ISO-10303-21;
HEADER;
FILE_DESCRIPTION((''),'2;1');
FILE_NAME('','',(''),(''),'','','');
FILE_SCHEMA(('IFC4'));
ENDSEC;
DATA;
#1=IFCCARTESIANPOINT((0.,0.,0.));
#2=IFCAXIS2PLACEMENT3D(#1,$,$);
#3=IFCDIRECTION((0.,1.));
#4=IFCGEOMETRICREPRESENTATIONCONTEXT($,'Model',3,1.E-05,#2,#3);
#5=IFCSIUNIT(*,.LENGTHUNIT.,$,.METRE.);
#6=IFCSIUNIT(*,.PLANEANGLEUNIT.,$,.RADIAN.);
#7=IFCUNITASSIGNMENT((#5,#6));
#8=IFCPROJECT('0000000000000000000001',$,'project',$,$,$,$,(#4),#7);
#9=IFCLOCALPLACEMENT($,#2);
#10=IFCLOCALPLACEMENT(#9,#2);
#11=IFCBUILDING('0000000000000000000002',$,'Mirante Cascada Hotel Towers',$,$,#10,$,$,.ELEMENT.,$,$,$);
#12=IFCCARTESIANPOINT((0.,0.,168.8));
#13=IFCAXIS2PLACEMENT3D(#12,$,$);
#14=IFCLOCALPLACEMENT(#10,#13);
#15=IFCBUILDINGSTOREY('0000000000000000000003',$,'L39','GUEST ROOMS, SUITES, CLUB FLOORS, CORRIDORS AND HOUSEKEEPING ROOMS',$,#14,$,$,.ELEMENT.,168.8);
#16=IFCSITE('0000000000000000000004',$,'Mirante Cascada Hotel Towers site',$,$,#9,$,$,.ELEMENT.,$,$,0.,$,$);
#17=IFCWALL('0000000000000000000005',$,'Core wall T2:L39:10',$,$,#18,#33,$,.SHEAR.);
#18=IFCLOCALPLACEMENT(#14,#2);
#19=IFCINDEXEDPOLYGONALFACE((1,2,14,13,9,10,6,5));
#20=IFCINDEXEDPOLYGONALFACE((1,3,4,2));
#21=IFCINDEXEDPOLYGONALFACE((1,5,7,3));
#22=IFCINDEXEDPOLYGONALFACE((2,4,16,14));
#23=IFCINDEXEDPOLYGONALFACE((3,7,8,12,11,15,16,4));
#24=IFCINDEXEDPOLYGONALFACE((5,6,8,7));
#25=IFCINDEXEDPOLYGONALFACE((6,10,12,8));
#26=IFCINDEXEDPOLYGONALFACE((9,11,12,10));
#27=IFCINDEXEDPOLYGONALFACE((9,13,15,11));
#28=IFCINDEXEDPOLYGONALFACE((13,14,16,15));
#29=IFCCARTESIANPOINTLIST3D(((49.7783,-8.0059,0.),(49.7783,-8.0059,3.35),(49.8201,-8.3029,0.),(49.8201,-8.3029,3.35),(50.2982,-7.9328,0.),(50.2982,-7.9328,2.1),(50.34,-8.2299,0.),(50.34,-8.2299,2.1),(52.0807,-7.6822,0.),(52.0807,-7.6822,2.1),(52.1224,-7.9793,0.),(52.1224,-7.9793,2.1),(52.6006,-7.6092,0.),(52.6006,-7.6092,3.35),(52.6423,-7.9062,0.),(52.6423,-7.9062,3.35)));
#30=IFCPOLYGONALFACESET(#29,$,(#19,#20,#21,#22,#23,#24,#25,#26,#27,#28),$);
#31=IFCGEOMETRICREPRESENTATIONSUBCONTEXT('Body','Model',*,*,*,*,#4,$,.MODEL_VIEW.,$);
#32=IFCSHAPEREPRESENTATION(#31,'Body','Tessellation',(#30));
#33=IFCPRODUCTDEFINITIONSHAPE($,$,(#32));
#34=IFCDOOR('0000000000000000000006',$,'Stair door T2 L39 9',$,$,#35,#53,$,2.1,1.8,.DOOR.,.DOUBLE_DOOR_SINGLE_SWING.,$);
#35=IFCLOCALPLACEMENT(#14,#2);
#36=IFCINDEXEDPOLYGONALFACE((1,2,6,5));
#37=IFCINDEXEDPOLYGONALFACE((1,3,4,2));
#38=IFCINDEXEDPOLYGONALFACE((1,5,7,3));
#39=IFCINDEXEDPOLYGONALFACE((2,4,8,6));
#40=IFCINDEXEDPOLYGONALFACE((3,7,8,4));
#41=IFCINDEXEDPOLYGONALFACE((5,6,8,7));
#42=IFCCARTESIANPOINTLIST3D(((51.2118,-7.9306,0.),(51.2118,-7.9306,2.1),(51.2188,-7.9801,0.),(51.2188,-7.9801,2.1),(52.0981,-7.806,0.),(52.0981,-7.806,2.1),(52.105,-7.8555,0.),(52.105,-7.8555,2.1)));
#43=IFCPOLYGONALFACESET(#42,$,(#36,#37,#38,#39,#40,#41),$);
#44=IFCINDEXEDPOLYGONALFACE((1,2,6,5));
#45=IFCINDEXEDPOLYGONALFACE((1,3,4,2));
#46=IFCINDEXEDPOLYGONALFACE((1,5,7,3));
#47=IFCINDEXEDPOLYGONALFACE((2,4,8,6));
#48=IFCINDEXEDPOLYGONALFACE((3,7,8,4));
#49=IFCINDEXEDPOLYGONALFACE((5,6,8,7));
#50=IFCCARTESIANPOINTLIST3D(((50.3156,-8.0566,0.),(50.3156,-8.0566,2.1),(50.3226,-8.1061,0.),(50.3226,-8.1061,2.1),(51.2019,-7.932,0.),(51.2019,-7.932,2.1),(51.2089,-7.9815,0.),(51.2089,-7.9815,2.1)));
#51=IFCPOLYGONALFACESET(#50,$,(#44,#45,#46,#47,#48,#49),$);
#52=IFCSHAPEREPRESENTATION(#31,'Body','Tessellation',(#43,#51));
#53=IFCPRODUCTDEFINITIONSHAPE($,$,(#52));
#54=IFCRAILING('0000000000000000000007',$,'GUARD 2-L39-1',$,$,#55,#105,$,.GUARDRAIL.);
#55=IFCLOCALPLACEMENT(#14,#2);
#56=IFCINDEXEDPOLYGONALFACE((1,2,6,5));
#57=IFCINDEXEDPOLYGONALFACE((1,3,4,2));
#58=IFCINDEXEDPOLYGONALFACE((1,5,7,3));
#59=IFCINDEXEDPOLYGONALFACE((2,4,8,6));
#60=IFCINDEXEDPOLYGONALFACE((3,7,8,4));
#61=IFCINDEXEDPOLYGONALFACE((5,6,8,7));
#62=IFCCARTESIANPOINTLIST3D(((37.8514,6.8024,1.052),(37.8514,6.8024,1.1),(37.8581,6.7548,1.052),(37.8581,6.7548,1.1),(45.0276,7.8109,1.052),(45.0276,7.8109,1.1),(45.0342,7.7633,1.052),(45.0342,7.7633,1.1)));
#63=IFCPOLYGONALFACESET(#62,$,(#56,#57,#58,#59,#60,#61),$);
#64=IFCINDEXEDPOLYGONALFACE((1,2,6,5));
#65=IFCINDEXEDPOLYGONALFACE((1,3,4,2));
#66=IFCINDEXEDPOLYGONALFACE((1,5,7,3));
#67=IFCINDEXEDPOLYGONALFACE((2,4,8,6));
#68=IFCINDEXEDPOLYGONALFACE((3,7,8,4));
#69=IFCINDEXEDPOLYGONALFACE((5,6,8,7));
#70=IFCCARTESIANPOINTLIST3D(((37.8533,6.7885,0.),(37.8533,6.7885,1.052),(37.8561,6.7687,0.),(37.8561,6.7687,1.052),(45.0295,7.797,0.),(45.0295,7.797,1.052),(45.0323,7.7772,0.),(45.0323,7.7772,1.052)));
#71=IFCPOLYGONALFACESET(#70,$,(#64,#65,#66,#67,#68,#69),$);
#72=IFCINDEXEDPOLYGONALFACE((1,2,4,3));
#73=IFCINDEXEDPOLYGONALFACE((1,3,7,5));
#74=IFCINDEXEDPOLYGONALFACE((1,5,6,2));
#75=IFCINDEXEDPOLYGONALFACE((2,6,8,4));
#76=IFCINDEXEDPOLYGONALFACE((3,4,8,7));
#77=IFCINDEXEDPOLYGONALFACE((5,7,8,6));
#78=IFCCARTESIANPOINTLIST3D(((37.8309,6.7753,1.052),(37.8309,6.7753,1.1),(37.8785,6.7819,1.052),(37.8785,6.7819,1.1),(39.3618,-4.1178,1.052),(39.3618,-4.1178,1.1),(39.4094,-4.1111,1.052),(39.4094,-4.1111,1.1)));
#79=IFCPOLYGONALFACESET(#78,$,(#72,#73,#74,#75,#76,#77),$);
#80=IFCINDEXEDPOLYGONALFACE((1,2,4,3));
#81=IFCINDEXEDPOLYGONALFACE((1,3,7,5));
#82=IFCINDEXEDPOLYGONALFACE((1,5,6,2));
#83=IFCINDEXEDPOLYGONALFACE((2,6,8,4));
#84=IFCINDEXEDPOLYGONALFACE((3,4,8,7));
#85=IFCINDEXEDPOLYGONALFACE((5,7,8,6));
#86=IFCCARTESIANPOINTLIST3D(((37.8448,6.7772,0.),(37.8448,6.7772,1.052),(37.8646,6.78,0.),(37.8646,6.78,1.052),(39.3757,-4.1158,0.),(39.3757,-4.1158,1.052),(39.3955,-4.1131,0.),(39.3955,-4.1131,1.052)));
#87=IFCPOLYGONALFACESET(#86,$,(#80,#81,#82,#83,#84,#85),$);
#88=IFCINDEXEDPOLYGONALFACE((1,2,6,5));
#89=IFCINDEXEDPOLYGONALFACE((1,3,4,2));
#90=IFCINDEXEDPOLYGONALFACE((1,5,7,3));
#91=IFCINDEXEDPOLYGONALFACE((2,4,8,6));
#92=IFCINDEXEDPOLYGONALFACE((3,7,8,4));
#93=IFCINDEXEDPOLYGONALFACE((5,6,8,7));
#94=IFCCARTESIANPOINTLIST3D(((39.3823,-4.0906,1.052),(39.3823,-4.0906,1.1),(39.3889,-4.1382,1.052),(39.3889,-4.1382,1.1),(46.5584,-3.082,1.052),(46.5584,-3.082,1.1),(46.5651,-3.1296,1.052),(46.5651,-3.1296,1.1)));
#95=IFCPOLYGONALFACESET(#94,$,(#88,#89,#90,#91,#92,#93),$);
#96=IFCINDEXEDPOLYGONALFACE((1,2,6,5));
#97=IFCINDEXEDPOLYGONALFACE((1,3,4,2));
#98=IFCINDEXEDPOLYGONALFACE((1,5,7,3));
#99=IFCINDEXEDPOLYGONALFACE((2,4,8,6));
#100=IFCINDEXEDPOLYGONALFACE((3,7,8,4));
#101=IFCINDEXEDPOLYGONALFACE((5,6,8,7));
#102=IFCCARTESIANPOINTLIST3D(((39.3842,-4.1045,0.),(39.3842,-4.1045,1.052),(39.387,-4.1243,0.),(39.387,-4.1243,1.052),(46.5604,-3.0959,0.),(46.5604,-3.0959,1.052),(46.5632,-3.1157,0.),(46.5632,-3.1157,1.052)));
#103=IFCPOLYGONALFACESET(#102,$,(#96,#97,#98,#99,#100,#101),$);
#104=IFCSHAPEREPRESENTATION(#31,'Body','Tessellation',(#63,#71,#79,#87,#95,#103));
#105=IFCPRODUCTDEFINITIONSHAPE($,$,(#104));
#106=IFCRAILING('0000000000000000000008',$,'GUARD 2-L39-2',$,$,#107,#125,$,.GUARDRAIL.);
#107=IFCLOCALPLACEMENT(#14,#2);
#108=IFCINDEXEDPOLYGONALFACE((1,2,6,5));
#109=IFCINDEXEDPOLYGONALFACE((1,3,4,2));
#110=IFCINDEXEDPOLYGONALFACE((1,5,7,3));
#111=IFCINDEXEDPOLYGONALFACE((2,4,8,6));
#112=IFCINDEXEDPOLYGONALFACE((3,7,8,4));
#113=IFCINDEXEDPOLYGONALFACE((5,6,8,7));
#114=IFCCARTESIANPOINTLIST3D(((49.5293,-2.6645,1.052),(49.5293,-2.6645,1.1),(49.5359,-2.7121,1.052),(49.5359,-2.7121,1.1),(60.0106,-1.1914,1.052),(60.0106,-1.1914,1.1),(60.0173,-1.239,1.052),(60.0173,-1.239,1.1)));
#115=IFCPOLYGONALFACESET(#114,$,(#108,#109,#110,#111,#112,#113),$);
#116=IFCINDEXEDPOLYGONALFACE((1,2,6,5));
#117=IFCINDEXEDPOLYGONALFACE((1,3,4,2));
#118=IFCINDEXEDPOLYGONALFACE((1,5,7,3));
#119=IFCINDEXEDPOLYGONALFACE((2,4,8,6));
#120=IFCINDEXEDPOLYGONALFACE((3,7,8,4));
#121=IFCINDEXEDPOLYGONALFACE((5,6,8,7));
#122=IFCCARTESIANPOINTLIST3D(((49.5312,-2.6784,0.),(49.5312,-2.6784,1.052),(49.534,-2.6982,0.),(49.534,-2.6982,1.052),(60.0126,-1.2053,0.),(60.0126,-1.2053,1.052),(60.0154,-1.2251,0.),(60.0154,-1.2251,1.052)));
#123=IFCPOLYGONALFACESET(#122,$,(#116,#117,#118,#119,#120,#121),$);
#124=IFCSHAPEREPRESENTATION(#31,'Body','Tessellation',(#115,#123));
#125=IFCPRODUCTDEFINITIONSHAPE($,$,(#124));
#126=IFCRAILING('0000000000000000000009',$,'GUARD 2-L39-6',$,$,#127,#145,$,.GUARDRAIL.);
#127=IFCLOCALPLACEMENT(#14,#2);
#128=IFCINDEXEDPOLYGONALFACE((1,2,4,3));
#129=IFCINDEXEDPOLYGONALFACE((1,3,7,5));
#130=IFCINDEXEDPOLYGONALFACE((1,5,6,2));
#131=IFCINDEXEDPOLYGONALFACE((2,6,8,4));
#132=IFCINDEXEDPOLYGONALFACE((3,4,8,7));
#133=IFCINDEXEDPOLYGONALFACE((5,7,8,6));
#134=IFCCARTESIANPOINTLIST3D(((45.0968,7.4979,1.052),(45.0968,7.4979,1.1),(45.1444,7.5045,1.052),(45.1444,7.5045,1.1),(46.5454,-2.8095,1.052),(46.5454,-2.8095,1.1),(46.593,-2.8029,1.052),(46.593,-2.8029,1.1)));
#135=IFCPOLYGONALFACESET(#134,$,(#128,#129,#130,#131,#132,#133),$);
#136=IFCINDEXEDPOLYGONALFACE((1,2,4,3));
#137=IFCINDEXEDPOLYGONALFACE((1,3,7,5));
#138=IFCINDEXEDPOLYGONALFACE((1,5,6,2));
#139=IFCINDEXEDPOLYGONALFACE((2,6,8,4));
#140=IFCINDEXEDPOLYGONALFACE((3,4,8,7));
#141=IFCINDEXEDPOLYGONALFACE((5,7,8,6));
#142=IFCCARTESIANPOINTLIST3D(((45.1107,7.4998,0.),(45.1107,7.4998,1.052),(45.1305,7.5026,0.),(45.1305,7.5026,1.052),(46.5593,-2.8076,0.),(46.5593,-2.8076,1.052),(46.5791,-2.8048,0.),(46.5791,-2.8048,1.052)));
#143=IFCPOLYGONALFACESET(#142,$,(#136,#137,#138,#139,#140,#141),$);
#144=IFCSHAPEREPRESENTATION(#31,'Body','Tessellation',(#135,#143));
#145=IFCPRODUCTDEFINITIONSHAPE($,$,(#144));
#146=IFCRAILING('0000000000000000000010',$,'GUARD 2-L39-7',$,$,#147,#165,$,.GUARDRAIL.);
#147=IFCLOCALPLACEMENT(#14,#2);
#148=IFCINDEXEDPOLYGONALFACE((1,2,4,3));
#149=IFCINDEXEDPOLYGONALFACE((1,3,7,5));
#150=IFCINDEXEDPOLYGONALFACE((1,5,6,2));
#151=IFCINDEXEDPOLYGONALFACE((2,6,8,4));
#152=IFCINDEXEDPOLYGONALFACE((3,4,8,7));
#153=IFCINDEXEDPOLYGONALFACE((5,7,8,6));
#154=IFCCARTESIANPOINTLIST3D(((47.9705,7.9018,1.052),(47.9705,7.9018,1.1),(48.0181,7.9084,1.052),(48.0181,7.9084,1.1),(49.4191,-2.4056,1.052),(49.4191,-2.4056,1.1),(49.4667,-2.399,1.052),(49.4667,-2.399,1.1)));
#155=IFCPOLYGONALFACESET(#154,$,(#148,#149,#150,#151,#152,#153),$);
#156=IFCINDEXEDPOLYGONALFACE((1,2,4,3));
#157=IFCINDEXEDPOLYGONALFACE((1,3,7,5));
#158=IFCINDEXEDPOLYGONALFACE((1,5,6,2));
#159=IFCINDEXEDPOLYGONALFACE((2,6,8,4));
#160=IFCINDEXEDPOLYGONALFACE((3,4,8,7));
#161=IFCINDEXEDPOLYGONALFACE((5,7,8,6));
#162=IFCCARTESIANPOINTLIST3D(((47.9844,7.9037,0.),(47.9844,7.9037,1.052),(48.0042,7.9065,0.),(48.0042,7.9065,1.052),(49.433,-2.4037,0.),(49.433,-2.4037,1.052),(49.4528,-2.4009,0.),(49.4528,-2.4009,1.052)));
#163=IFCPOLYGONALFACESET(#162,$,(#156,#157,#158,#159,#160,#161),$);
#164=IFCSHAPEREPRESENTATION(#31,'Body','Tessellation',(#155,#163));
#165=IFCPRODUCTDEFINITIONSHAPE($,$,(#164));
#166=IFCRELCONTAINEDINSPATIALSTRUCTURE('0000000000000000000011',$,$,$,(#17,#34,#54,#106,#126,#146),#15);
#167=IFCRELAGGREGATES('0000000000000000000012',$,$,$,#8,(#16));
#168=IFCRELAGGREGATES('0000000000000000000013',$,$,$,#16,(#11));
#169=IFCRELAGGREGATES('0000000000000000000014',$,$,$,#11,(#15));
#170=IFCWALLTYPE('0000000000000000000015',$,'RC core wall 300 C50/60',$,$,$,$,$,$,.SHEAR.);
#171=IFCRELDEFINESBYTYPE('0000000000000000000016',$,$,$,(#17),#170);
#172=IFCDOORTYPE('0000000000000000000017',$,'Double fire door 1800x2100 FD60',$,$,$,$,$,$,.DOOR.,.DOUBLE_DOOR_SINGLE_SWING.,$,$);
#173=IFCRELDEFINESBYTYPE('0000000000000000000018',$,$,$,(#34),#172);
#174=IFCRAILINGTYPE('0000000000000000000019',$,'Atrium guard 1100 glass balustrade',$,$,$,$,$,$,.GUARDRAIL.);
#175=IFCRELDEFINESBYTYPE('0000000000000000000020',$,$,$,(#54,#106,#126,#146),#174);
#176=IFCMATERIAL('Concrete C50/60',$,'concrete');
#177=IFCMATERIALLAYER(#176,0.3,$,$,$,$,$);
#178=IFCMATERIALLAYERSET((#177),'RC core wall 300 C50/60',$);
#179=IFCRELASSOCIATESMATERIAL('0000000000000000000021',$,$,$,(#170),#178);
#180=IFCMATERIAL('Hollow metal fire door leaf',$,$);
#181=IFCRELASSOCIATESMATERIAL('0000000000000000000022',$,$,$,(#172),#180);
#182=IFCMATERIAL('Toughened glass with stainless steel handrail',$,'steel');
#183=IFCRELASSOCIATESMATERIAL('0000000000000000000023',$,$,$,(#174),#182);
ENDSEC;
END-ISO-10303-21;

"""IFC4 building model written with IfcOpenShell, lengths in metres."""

from ifc_helpers import new_model, si_unit, direction, frame, frame_2d, origin, origin_2d, place, context, subcontext, project, spatial, rectangle, extrude, material, layer, layer_set, type_object, element, fill, save


model = new_model("IFC4")

# Units and contexts
model_context = context("Model", 3, precision=1e-05, world=origin(), true_north=direction((0.0, 1.0)))
body_context = subcontext(model_context, "Body", "Model", "MODEL_VIEW")
ifc_project = project(units=[si_unit("LENGTHUNIT", "METRE"), si_unit("PLANEANGLEUNIT", "RADIAN")], contexts=[model_context])

# Site, building, storey
site_placement = place(None, origin())
site = spatial("IfcSite", under=ifc_project, at=site_placement, Name="Mirante Cascada Hotel Towers site", CompositionType="ELEMENT", RefElevation=0.0)
building_placement = place(site_placement, origin())
building = spatial("IfcBuilding", under=site, at=building_placement, Name="Mirante Cascada Hotel Towers", CompositionType="ELEMENT")
storey_placement = place(building_placement, frame((0.0, 0.0, 168.8)))
storey = spatial("IfcBuildingStorey", under=building, at=storey_placement, Name="L39", Description="GUEST ROOMS, SUITES, CLUB FLOORS, CORRIDORS AND HOUSEKEEPING ROOMS", CompositionType="ELEMENT", Elevation=168.8)

# Wall, opening, door
ifc_material_1 = material(Name="Concrete C50/60", Category="concrete")
ifc_layer_1 = layer(ifc_material_1, 0.3)
ifc_layer_set_1 = layer_set([ifc_layer_1], Name="RC core wall 300 C50/60")
wall_type_1 = type_object("IfcWallType", Name="RC core wall 300 C50/60", PredefinedType="SHEAR", material=ifc_layer_set_1)
wall_1_placement = place(storey_placement, frame((49.7992, -8.1544, 0.0), z_axis=(0.0, 0.0, 1.0), x_axis=(0.990266, 0.139191, 0.0)))
wall_1 = element("IfcWall", 1, at=wall_1_placement, inside=storey, type_object=wall_type_1, Name="Core wall T2:L39:10", PredefinedType="SHEAR", context=body_context, shape_type="SweptSolid", body=[
    extrude(rectangle(XDim=2.85, YDim=0.3, at=frame_2d((1.425, 0.0))), origin(), (0.0, 0.0, 1.0), 3.35),
])
opening_1_placement = place(wall_1_placement, frame((0.525, 0.0, 0.0)))
opening_1 = element("IfcOpeningElement", 2, at=opening_1_placement, cuts=wall_1, PredefinedType="OPENING", context=body_context, shape_type="SweptSolid", body=[
    extrude(rectangle(XDim=1.8, YDim=2.1, at=frame_2d((0.9, 1.05))), frame((0.0, 0.15, 0.0), z_axis=(0.0, -1.0, 0.0), x_axis=(1.0, 0.0, 0.0)), (0.0, 0.0, 1.0), 0.3),
])
ifc_material_2 = material(Name="Hollow metal fire door leaf")
door_type_1 = type_object("IfcDoorType", Name="Double fire door 1800x2100 FD60", OperationType="DOUBLE_DOOR_SINGLE_SWING", PredefinedType="DOOR", material=ifc_material_2)
door_1_placement = place(opening_1_placement, frame((1.8, 0.0, 0.0), z_axis=(0.0, 0.0, 1.0), x_axis=(-1.0, 0.0, 0.0)))
door_1 = element("IfcDoor", 3, at=door_1_placement, inside=storey, type_object=door_type_1, Name="Stair door T2 L39 9", OperationType="DOUBLE_DOOR_SINGLE_SWING", OverallHeight=2.1, OverallWidth=1.8, PredefinedType="DOOR", context=body_context, shape_type="SweptSolid", body=[
    extrude(rectangle(XDim=0.895, YDim=2.1, at=frame_2d((0.4475, 1.05))), frame((0.0, 0.025, 0.0), z_axis=(0.0, -1.0, 0.0), x_axis=(1.0, 0.0, 0.0)), (0.0, 0.0, 1.0), 0.05),
    extrude(rectangle(XDim=0.895, YDim=2.1, at=frame_2d((1.3525, 1.05))), frame((0.0, 0.025, 0.0), z_axis=(0.0, -1.0, 0.0), x_axis=(1.0, 0.0, 0.0)), (0.0, 0.0, 1.0), 0.05),
])
fill(opening_1, door_1)

# Railings
ifc_material_3 = material(Name="Toughened glass with stainless steel handrail", Category="steel")
railing_type = type_object("IfcRailingType", Name="Atrium guard 1100 glass balustrade", PredefinedType="GUARDRAIL", material=ifc_material_3)
railing_1_placement = place(storey_placement, frame((45.0309, 7.7871, 0.0)))
element("IfcRailing", 4, at=railing_1_placement, inside=storey, type_object=railing_type, Name="GUARD 2-L39-1", PredefinedType="GUARDRAIL", context=body_context, shape_type="SweptSolid", body=[
    extrude(rectangle(XDim=0.048, YDim=0.048, at=origin_2d()), frame((0.0, 0.0, 1.076), z_axis=(-0.990269, -0.139166, 0.0), x_axis=(0.139166, -0.990269, 0.0)), (0.0, 0.0, 1.0), 7.2467),
    extrude(rectangle(XDim=0.02, YDim=1.052, at=origin_2d()), frame((0.0, 0.0, 0.526), z_axis=(-0.990269, -0.139166, 0.0), x_axis=(0.139166, -0.990269, 0.0)), (0.0, 0.0, 1.0), 7.2467),
    extrude(rectangle(XDim=0.048, YDim=0.048, at=origin_2d()), frame((-7.1762, -1.0085, 1.076), z_axis=(0.139172, -0.990268, 0.0), x_axis=(0.990268, 0.139172, 0.0)), (0.0, 0.0, 1.0), 11.0001),
    extrude(rectangle(XDim=0.02, YDim=1.052, at=origin_2d()), frame((-7.1762, -1.0085, 0.526), z_axis=(0.139172, -0.990268, 0.0), x_axis=(0.990268, 0.139172, 0.0)), (0.0, 0.0, 1.0), 11.0001),
    extrude(rectangle(XDim=0.048, YDim=0.048, at=origin_2d()), frame((-5.6453, -11.9015, 1.076), z_axis=(0.990267, 0.13918, 0.0), x_axis=(-0.13918, 0.990267, 0.0)), (0.0, 0.0, 1.0), 7.2467),
    extrude(rectangle(XDim=0.02, YDim=1.052, at=origin_2d()), frame((-5.6453, -11.9015, 0.526), z_axis=(0.990267, 0.13918, 0.0), x_axis=(-0.13918, 0.990267, 0.0)), (0.0, 0.0, 1.0), 7.2467),
])
railing_2_placement = place(storey_placement, frame((49.5326, -2.6883, 0.0)))
element("IfcRailing", 5, at=railing_2_placement, inside=storey, type_object=railing_type, Name="GUARD 2-L39-2", PredefinedType="GUARDRAIL", context=body_context, shape_type="SweptSolid", body=[
    extrude(rectangle(XDim=0.048, YDim=0.048, at=origin_2d()), frame((0.0, 0.0, 1.076), z_axis=(0.990268, 0.139176, 0.0), x_axis=(-0.139176, 0.990268, 0.0)), (0.0, 0.0, 1.0), 10.5844),
    extrude(rectangle(XDim=0.02, YDim=1.052, at=origin_2d()), frame((0.0, 0.0, 0.526), z_axis=(0.990268, 0.139176, 0.0), x_axis=(-0.139176, 0.990268, 0.0)), (0.0, 0.0, 1.0), 10.5844),
])
railing_3_placement = place(storey_placement, frame((46.5692, -2.8062, 0.0)))
element("IfcRailing", 6, at=railing_3_placement, inside=storey, type_object=railing_type, Name="GUARD 2-L39-6", PredefinedType="GUARDRAIL", context=body_context, shape_type="SweptSolid", body=[
    extrude(rectangle(XDim=0.048, YDim=0.048, at=origin_2d()), frame((0.0, 0.0, 1.076), z_axis=(-0.139172, 0.990268, 0.0), x_axis=(-0.990268, -0.139172, 0.0)), (0.0, 0.0, 1.0), 10.4087),
    extrude(rectangle(XDim=0.02, YDim=1.052, at=origin_2d()), frame((0.0, 0.0, 0.526), z_axis=(-0.139172, 0.990268, 0.0), x_axis=(-0.990268, -0.139172, 0.0)), (0.0, 0.0, 1.0), 10.4087),
])
railing_4_placement = place(storey_placement, frame((47.9943, 7.9051, 0.0)))
element("IfcRailing", 7, at=railing_4_placement, inside=storey, type_object=railing_type, Name="GUARD 2-L39-7", PredefinedType="GUARDRAIL", context=body_context, shape_type="SweptSolid", body=[
    extrude(rectangle(XDim=0.048, YDim=0.048, at=origin_2d()), frame((0.0, 0.0, 1.076), z_axis=(0.139172, -0.990268, 0.0), x_axis=(0.990268, 0.139172, 0.0)), (0.0, 0.0, 1.0), 10.4087),
    extrude(rectangle(XDim=0.02, YDim=1.052, at=origin_2d()), frame((0.0, 0.0, 0.526), z_axis=(0.139172, -0.990268, 0.0), x_axis=(0.990268, 0.139172, 0.0)), (0.0, 0.0, 1.0), 10.4087),
])

save(model, "model.ifc")
